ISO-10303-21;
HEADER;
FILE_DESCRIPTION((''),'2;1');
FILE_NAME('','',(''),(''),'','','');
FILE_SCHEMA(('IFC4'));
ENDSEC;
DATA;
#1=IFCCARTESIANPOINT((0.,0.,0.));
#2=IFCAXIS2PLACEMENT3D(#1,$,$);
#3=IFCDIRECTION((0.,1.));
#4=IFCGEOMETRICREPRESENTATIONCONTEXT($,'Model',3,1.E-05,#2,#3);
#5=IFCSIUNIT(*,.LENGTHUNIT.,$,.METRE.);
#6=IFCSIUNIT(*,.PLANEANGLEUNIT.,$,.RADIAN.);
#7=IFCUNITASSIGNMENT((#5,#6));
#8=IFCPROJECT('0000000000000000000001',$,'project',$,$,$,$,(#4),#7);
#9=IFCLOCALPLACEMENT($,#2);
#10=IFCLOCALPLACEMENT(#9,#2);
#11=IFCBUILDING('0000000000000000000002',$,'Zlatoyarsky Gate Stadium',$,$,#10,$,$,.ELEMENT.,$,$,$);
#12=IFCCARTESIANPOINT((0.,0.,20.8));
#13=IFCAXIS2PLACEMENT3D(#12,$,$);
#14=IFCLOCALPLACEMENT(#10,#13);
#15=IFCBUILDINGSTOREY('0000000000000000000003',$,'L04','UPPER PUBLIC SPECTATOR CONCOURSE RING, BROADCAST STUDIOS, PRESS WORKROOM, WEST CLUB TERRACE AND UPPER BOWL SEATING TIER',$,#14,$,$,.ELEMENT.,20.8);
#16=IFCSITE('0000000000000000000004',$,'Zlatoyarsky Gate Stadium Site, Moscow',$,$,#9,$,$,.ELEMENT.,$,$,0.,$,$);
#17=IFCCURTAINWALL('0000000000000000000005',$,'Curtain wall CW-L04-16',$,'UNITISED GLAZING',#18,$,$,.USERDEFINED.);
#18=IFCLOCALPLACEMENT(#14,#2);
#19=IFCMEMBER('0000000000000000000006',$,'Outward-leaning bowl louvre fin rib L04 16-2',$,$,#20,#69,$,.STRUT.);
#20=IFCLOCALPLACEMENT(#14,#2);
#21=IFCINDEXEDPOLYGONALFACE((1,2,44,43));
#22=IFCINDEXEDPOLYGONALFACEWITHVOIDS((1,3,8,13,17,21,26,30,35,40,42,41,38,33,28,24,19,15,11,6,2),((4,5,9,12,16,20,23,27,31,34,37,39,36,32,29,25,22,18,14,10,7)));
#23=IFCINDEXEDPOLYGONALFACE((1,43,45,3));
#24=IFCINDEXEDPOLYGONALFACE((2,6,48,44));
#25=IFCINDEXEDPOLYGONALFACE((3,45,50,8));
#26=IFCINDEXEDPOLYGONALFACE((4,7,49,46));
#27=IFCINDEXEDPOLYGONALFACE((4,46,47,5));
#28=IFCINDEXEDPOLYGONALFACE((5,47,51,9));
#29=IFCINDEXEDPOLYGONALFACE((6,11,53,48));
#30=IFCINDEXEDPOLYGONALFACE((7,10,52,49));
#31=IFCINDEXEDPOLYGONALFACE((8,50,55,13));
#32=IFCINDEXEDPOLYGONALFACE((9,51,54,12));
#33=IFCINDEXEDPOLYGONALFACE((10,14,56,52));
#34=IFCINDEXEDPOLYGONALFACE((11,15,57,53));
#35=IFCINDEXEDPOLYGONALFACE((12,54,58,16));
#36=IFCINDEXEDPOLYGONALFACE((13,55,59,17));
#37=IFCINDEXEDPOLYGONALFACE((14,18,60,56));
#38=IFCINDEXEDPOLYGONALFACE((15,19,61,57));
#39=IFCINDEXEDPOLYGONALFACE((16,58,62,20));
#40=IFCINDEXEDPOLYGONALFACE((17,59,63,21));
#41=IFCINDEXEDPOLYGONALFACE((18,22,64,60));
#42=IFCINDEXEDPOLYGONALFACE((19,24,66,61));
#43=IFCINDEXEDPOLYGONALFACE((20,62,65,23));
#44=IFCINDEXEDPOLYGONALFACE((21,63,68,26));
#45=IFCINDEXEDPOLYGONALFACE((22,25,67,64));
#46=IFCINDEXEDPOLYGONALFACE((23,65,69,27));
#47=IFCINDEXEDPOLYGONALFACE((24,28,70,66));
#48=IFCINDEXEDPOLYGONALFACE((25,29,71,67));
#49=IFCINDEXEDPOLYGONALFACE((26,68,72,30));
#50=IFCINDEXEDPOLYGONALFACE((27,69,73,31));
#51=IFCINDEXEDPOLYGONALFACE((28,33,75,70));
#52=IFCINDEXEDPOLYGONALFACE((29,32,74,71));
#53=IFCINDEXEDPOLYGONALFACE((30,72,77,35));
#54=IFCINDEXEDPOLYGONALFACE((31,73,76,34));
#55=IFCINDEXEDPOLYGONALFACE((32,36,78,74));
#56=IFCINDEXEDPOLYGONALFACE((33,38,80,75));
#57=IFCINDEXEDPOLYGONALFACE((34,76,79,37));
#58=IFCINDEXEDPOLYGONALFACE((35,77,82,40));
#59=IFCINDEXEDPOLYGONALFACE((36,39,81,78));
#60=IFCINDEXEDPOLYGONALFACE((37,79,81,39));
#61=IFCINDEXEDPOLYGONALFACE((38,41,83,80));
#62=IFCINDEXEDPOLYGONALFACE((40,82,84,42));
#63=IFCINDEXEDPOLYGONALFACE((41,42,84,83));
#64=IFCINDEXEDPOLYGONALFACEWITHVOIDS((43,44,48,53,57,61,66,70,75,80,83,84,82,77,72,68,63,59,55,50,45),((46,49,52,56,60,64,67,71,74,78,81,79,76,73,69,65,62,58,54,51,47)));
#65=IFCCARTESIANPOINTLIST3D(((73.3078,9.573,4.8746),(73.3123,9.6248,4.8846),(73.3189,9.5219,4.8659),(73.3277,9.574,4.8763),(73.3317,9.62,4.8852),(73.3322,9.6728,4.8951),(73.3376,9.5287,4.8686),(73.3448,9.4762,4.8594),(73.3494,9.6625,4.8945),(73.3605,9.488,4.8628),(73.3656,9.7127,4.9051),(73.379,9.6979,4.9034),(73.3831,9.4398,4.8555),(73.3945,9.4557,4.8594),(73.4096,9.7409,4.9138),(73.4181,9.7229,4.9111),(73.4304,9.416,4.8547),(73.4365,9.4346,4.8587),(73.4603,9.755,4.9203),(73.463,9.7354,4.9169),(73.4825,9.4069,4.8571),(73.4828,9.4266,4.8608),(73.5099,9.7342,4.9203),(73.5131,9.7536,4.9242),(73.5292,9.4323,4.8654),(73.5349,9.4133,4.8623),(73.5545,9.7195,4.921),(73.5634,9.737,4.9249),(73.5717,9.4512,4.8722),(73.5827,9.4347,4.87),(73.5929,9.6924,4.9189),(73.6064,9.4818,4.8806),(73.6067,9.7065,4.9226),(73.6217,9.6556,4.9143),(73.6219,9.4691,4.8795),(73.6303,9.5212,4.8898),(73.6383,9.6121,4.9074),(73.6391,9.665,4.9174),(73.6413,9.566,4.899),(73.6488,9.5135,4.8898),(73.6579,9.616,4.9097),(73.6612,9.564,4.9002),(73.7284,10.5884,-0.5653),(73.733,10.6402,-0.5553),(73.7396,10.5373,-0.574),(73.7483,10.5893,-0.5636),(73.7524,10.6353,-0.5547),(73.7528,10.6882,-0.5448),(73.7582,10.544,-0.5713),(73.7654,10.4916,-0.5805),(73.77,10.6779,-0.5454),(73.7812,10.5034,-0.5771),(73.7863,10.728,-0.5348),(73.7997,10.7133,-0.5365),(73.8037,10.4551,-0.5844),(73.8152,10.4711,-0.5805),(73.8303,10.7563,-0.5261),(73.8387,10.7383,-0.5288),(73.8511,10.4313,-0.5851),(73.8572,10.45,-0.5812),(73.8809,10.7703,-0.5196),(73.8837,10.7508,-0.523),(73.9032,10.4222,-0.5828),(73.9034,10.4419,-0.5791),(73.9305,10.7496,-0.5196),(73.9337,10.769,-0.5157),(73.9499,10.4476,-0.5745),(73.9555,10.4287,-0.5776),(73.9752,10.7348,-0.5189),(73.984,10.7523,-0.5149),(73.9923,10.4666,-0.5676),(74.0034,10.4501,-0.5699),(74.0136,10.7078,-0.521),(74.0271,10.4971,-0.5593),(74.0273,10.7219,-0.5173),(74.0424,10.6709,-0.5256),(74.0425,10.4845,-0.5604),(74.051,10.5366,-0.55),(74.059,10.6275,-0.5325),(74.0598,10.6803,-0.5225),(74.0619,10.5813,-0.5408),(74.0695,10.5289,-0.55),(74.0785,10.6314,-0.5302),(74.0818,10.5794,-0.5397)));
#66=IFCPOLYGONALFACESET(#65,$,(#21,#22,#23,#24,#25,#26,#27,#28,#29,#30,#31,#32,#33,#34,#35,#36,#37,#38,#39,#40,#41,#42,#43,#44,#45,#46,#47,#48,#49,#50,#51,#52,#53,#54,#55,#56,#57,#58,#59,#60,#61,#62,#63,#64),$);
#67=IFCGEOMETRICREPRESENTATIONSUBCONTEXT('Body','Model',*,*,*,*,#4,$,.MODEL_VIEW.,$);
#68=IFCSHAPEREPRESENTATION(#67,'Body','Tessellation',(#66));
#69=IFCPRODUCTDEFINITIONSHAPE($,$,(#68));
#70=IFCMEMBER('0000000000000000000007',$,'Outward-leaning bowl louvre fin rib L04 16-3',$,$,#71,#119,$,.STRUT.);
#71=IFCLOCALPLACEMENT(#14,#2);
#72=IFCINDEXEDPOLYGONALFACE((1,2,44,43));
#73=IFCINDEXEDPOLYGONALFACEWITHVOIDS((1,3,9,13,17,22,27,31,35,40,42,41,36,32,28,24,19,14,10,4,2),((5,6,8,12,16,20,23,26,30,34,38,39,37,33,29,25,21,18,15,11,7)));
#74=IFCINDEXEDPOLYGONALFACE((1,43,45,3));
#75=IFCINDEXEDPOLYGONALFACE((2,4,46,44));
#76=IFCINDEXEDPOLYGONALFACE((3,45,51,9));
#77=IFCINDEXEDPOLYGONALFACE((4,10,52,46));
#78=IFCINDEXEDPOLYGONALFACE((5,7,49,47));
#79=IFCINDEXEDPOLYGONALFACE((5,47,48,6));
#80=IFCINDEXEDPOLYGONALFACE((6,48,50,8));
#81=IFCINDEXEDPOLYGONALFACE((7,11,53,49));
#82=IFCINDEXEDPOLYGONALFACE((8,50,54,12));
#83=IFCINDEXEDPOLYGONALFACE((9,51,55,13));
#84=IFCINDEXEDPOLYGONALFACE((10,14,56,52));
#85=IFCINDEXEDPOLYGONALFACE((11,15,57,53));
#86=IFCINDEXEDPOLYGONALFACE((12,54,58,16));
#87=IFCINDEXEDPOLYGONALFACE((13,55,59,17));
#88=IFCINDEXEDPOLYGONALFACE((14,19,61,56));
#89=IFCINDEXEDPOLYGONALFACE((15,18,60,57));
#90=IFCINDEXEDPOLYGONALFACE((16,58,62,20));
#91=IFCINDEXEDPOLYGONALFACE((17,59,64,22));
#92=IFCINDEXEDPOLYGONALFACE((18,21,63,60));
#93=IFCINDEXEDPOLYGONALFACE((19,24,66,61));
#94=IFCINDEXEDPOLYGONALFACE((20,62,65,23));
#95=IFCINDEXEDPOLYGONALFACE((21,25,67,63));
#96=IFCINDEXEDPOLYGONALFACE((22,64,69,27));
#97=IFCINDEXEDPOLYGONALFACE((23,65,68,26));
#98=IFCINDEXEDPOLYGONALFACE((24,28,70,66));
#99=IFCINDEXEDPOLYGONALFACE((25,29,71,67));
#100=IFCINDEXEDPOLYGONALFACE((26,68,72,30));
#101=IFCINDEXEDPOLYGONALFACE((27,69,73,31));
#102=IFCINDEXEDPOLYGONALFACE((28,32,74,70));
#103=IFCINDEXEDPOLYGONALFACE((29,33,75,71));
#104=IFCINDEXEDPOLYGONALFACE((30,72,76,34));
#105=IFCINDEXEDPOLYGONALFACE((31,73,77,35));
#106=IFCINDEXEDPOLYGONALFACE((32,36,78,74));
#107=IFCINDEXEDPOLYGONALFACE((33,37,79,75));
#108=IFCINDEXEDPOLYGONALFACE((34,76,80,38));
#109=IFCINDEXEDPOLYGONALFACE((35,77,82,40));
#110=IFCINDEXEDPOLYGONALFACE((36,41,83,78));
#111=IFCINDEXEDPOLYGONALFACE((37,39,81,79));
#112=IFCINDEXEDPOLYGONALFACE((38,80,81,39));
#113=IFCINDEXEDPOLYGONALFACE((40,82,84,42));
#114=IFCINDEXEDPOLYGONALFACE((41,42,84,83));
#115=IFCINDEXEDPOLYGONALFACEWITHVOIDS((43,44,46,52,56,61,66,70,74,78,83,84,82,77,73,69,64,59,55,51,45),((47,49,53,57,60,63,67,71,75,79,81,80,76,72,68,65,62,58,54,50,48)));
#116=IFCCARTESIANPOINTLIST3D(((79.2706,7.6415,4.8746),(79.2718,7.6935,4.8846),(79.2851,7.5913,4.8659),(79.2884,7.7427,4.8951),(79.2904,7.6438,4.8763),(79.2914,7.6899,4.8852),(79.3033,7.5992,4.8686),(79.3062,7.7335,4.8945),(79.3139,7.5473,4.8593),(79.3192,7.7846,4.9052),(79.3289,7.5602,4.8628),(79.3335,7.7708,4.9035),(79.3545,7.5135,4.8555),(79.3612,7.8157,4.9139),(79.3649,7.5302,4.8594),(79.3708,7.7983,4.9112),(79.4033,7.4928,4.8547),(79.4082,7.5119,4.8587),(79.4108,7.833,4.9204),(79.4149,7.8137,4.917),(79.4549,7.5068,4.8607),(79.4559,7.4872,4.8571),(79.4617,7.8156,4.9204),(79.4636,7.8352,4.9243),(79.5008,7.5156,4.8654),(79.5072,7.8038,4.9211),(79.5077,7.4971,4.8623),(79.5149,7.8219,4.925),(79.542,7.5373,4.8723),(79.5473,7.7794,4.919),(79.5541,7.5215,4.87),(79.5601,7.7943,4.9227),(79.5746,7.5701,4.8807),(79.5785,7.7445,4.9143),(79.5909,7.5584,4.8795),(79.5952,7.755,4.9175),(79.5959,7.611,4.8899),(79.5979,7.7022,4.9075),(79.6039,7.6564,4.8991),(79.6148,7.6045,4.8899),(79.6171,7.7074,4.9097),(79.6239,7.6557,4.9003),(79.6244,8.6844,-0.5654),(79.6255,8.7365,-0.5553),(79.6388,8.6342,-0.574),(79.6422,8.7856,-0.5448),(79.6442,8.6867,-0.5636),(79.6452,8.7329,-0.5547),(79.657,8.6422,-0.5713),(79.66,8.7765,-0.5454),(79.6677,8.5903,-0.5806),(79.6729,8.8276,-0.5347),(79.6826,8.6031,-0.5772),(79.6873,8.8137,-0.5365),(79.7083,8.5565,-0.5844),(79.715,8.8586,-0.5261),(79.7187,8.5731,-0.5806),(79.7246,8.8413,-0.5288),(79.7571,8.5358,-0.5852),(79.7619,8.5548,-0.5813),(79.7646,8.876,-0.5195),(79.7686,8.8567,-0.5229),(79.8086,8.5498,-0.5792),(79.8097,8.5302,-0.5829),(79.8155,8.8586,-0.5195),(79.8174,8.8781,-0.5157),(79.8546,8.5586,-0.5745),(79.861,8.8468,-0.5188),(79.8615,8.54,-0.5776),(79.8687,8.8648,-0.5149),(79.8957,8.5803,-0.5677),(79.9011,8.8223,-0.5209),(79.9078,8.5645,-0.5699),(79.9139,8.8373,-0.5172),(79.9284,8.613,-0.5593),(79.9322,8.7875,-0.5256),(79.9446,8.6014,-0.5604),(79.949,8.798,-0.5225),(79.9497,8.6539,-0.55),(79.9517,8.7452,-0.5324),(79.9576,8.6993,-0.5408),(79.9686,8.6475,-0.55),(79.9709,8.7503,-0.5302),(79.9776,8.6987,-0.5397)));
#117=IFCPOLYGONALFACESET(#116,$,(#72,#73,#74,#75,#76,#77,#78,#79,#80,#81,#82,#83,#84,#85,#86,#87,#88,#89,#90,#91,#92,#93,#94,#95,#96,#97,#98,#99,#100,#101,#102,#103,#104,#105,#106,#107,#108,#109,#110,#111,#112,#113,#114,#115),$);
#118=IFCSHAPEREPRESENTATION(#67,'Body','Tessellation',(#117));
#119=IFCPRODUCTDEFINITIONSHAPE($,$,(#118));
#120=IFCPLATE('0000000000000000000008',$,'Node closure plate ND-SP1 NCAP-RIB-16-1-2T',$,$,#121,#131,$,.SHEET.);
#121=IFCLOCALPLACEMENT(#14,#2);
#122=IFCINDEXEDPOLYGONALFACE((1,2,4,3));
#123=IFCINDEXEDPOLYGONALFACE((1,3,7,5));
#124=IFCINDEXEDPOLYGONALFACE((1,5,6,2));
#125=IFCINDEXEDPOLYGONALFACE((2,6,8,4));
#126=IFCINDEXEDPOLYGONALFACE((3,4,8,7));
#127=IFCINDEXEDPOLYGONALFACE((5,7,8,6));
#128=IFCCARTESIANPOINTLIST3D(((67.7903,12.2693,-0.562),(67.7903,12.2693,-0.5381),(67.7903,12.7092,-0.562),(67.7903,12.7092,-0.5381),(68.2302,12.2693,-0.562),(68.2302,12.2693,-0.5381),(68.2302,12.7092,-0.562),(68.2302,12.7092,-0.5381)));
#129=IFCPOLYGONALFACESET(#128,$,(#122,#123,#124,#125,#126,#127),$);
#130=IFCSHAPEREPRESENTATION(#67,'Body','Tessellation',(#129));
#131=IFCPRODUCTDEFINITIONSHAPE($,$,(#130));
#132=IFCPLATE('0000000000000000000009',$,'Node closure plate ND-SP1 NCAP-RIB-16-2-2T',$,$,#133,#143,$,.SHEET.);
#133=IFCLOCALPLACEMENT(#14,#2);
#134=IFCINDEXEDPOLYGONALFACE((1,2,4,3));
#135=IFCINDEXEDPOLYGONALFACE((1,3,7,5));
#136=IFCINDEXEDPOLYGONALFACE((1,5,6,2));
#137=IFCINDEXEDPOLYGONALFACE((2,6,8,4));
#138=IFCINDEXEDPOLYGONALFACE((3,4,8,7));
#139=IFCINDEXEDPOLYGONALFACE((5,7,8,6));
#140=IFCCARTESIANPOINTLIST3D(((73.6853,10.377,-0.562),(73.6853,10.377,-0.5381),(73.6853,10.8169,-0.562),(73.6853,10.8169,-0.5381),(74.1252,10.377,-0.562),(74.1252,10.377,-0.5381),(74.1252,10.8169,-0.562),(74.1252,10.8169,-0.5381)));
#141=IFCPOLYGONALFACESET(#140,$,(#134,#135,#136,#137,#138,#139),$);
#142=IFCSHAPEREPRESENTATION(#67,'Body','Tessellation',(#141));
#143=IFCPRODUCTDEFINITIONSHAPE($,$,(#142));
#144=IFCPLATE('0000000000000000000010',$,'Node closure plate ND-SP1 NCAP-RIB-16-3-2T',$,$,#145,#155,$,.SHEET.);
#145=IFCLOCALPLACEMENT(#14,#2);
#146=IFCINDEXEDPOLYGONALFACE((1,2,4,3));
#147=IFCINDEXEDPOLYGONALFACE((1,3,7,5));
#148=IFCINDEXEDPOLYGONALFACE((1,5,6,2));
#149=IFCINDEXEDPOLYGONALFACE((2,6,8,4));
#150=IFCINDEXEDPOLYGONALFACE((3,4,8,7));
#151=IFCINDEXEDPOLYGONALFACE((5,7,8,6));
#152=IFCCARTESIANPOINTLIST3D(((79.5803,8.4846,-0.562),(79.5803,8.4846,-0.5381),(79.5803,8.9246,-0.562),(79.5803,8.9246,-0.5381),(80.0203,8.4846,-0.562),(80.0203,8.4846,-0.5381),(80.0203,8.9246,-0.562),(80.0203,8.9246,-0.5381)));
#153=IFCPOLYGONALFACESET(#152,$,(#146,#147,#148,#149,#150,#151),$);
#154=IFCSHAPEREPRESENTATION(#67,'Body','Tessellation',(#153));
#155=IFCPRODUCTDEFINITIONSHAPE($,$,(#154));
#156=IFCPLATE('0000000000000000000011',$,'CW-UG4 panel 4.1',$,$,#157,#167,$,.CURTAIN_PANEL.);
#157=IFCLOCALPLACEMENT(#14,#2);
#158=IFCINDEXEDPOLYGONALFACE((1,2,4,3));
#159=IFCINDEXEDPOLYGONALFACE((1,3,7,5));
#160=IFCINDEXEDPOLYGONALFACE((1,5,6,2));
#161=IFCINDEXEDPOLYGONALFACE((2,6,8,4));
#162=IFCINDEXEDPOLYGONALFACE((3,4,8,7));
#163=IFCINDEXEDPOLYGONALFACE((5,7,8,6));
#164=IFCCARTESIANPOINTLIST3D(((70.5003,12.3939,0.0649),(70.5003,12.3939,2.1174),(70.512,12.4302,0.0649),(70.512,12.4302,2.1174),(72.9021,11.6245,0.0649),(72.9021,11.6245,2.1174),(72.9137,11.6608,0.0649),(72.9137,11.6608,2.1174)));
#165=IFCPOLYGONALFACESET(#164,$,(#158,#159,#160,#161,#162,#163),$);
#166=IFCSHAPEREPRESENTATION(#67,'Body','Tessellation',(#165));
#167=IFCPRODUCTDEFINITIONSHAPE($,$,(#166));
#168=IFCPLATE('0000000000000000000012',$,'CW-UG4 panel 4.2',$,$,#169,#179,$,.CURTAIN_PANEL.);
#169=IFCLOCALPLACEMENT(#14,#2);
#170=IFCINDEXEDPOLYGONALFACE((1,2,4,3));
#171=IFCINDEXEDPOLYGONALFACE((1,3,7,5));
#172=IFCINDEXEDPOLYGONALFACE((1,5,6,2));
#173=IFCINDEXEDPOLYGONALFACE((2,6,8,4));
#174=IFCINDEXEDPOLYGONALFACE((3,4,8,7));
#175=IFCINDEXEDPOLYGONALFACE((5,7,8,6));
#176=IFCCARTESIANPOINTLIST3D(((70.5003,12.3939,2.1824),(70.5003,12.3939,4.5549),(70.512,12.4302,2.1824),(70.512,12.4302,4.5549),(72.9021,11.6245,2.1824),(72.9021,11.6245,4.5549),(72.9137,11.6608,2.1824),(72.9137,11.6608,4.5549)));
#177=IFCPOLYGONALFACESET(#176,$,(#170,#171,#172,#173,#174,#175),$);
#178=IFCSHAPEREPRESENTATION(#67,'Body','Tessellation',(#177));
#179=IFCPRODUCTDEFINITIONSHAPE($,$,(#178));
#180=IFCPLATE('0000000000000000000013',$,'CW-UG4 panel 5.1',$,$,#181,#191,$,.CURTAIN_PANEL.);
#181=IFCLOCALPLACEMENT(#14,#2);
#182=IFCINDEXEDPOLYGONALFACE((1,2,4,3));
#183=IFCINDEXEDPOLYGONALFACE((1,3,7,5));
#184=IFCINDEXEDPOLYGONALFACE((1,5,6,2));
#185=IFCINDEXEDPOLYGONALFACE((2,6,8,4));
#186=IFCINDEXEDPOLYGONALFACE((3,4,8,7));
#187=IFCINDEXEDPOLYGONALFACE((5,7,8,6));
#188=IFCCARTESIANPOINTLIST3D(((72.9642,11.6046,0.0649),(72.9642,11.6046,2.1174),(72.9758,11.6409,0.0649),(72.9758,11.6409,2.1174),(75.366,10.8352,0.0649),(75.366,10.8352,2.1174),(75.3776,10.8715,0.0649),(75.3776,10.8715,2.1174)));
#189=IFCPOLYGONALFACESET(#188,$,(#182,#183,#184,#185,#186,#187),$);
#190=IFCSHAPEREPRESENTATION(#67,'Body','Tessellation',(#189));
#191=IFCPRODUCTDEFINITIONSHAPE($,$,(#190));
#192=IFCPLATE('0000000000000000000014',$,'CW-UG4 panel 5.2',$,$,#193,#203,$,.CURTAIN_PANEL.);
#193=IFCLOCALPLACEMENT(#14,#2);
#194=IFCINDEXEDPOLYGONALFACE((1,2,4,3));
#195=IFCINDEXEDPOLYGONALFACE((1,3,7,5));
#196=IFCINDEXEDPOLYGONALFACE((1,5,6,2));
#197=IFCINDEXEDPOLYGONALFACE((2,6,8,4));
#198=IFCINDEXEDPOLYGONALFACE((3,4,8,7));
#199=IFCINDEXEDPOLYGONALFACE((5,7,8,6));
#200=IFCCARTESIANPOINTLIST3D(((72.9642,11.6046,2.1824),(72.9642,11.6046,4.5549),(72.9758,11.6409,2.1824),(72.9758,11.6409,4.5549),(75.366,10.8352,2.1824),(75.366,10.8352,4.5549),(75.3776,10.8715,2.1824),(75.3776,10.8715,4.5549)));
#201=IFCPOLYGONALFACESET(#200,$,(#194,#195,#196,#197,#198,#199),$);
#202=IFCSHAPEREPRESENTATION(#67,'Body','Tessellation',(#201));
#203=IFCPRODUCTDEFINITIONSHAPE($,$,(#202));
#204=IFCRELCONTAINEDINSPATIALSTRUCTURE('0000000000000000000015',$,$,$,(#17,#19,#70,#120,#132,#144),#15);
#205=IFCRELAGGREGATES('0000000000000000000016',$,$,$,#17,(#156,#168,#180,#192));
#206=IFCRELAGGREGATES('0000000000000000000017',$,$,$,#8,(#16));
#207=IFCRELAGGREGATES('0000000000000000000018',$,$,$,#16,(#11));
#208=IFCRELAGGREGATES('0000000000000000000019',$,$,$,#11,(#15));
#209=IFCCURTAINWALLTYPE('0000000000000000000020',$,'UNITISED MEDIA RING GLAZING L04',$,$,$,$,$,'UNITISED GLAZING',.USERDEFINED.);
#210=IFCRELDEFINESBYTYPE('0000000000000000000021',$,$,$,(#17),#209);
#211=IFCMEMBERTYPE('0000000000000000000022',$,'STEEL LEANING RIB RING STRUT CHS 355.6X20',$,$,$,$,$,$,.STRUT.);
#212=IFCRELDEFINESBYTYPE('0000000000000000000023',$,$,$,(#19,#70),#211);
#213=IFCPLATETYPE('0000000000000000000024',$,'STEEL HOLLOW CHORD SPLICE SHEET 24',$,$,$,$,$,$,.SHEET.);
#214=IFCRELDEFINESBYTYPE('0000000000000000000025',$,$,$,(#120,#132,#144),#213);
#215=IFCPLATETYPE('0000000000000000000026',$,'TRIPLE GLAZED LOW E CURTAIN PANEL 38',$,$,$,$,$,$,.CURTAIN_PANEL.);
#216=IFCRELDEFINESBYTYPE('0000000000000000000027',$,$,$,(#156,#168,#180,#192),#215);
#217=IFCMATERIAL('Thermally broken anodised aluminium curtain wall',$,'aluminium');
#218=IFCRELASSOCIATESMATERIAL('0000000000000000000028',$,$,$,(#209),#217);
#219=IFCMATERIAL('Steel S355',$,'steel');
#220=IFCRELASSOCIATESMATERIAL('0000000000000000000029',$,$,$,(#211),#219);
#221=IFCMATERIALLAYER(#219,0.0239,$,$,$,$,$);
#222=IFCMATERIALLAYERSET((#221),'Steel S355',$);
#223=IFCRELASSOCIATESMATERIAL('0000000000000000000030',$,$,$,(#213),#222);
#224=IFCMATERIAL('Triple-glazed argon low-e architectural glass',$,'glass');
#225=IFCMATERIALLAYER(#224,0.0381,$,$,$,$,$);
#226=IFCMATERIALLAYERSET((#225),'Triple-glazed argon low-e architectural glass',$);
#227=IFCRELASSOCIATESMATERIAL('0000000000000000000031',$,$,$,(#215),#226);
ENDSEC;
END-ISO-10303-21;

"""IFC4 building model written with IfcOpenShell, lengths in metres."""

from ifc_helpers import new_model, si_unit, direction, frame, origin, origin_2d, place, context, subcontext, project, spatial, rectangle, hollow_circle, extrude, material, layer, layer_set, material_profile, profile_set, type_object, element, aggregate, save


model = new_model("IFC4")

# Units and contexts
model_context = context("Model", 3, precision=1e-05, world=origin(), true_north=direction((0.0, 1.0)))
body_context = subcontext(model_context, "Body", "Model", "MODEL_VIEW")
ifc_project = project(units=[si_unit("LENGTHUNIT", "METRE"), si_unit("PLANEANGLEUNIT", "RADIAN")], contexts=[model_context])

# Site, building, storey
site_placement = place(None, origin())
site = spatial("IfcSite", under=ifc_project, at=site_placement, Name="Zlatoyarsky Gate Stadium Site, Moscow", CompositionType="ELEMENT", RefElevation=0.0)
building_placement = place(site_placement, origin())
building = spatial("IfcBuilding", under=site, at=building_placement, Name="Zlatoyarsky Gate Stadium", CompositionType="ELEMENT")
storey_placement = place(building_placement, frame((0.0, 0.0, 20.8)))
storey = spatial("IfcBuildingStorey", under=building, at=storey_placement, Name="L04", Description="UPPER PUBLIC SPECTATOR CONCOURSE RING, BROADCAST STUDIOS, PRESS WORKROOM, WEST CLUB TERRACE AND UPPER BOWL SEATING TIER", CompositionType="ELEMENT", Elevation=20.8)

# Curtain wall
ifc_material_1 = material(Name="Thermally broken anodised aluminium curtain wall", Category="aluminium")
curtain_wall_type = type_object("IfcCurtainWallType", Name="UNITISED MEDIA RING GLAZING L04", ElementType="UNITISED GLAZING", PredefinedType="USERDEFINED", material=ifc_material_1)
curtain_wall_placement = place(storey_placement, origin())
curtain_wall = element("IfcCurtainWall", 1, at=curtain_wall_placement, inside=storey, type_object=curtain_wall_type, Name="Curtain wall CW-L04-16", ObjectType="UNITISED GLAZING", PredefinedType="USERDEFINED")

# Members
ifc_material_2 = material(Name="Steel S355", Category="steel")
ifc_material_profile_1 = material_profile(ifc_material_2, hollow_circle(Radius=0.1777, WallThickness=0.02, at=origin_2d()), Name="CHS 355.6X20")
ifc_profile_set_1 = profile_set([ifc_material_profile_1], Name="Steel S355")
member_type_1 = type_object("IfcMemberType", Name="STEEL LEANING RIB RING STRUT CHS 355.6X20", PredefinedType="STRUT", material=ifc_profile_set_1)
member_1_placement = place(storey_placement, frame((73.9053, 10.5969, -0.55), z_axis=(-0.075796, -0.182956, 0.980195), x_axis=(0.923857, -0.382738, 0.0)))
element("IfcMember", 2, at=member_1_placement, inside=storey, type_object=member_type_1, Name="Outward-leaning bowl louvre fin rib L04 16-2", PredefinedType="STRUT", context=body_context, shape_type="SweptSolid", body=[
    extrude(hollow_circle(Radius=0.1777, WallThickness=0.02, at=origin_2d()), origin(), (0.0, 0.0, 1.0), 5.5498),
])
member_2_placement = place(storey_placement, frame((79.8003, 8.7046, -0.55), z_axis=(-0.063737, -0.187912, 0.980116), x_axis=(0.947008, -0.321211, 0.0)))
element("IfcMember", 3, at=member_2_placement, inside=storey, type_object=member_type_1, Name="Outward-leaning bowl louvre fin rib L04 16-3", PredefinedType="STRUT", context=body_context, shape_type="SweptSolid", body=[
    extrude(hollow_circle(Radius=0.1777, WallThickness=0.02, at=origin_2d()), origin(), (0.0, 0.0, 1.0), 5.5503),
])

# Plates
ifc_layer_1 = layer(ifc_material_2, 0.0239)
ifc_layer_set_1 = layer_set([ifc_layer_1], Name="Steel S355")
plate_type_1 = type_object("IfcPlateType", Name="STEEL HOLLOW CHORD SPLICE SHEET 24", PredefinedType="SHEET", material=ifc_layer_set_1)
for number, where, z_axis, x_axis, name in (
    (4, (68.0103, 12.4893, -0.562), (0.0, 0.0, 1.0), (1.0, 0.0, 0.0), "Node closure plate ND-SP1 NCAP-RIB-16-1-2T"),
    (5, (73.9053, 10.5969, -0.562), (0.0, 0.0, 1.0), (1.0, 0.0, 0.0), "Node closure plate ND-SP1 NCAP-RIB-16-2-2T"),
    (6, (79.8003, 8.7046, -0.562), (0.0, 0.0, 1.0), (1.0, 0.0, 0.0), "Node closure plate ND-SP1 NCAP-RIB-16-3-2T"),
):
    element("IfcPlate", number, at=place(storey_placement, frame(where, z_axis=z_axis, x_axis=x_axis)), inside=storey, type_object=plate_type_1, Name=name, PredefinedType="SHEET", context=body_context, shape_type="SweptSolid", body=[
        extrude(rectangle(XDim=0.4399, YDim=0.4399, at=origin_2d()), origin(), (0.0, 0.0, 1.0), 0.0239),
    ])

# Plates
ifc_material_3 = material(Name="Triple-glazed argon low-e architectural glass", Category="glass")
ifc_layer_2 = layer(ifc_material_3, 0.0381)
ifc_layer_set_2 = layer_set([ifc_layer_2], Name="Triple-glazed argon low-e architectural glass")
plate_type_2 = type_object("IfcPlateType", Name="TRIPLE GLAZED LOW E CURTAIN PANEL 38", PredefinedType="CURTAIN_PANEL", material=ifc_layer_set_2)
plate_1_placement = place(storey_placement, frame((71.707, 12.0273, 0.0649), z_axis=(0.0, 0.0, 1.0), x_axis=(0.952331, -0.305066, 0.0)))
plate_1 = element("IfcPlate", 7, at=plate_1_placement, type_object=plate_type_2, Name="CW-UG4 panel 4.1", PredefinedType="CURTAIN_PANEL", context=body_context, shape_type="SweptSolid", body=[
    extrude(rectangle(XDim=2.522, YDim=0.0381, at=origin_2d()), origin(), (0.0, 0.0, 1.0), 2.0525),
])
plate_2_placement = place(storey_placement, frame((71.707, 12.0273, 2.1824), z_axis=(0.0, 0.0, 1.0), x_axis=(0.952331, -0.305066, 0.0)))
plate_2 = element("IfcPlate", 8, at=plate_2_placement, type_object=plate_type_2, Name="CW-UG4 panel 4.2", PredefinedType="CURTAIN_PANEL", context=body_context, shape_type="SweptSolid", body=[
    extrude(rectangle(XDim=2.522, YDim=0.0381, at=origin_2d()), origin(), (0.0, 0.0, 1.0), 2.3726),
])
plate_3_placement = place(storey_placement, frame((74.1709, 11.238, 0.0649), z_axis=(0.0, 0.0, 1.0), x_axis=(0.952331, -0.305066, 0.0)))
plate_3 = element("IfcPlate", 9, at=plate_3_placement, type_object=plate_type_2, Name="CW-UG4 panel 5.1", PredefinedType="CURTAIN_PANEL", context=body_context, shape_type="SweptSolid", body=[
    extrude(rectangle(XDim=2.522, YDim=0.0381, at=origin_2d()), origin(), (0.0, 0.0, 1.0), 2.0525),
])
plate_4_placement = place(storey_placement, frame((74.1709, 11.238, 2.1824), z_axis=(0.0, 0.0, 1.0), x_axis=(0.952331, -0.305066, 0.0)))
plate_4 = element("IfcPlate", 10, at=plate_4_placement, type_object=plate_type_2, Name="CW-UG4 panel 5.2", PredefinedType="CURTAIN_PANEL", context=body_context, shape_type="SweptSolid", body=[
    extrude(rectangle(XDim=2.522, YDim=0.0381, at=origin_2d()), origin(), (0.0, 0.0, 1.0), 2.3726),
])
aggregate(curtain_wall, [plate_1, plate_2, plate_3, plate_4])

save(model, "model.ifc")
